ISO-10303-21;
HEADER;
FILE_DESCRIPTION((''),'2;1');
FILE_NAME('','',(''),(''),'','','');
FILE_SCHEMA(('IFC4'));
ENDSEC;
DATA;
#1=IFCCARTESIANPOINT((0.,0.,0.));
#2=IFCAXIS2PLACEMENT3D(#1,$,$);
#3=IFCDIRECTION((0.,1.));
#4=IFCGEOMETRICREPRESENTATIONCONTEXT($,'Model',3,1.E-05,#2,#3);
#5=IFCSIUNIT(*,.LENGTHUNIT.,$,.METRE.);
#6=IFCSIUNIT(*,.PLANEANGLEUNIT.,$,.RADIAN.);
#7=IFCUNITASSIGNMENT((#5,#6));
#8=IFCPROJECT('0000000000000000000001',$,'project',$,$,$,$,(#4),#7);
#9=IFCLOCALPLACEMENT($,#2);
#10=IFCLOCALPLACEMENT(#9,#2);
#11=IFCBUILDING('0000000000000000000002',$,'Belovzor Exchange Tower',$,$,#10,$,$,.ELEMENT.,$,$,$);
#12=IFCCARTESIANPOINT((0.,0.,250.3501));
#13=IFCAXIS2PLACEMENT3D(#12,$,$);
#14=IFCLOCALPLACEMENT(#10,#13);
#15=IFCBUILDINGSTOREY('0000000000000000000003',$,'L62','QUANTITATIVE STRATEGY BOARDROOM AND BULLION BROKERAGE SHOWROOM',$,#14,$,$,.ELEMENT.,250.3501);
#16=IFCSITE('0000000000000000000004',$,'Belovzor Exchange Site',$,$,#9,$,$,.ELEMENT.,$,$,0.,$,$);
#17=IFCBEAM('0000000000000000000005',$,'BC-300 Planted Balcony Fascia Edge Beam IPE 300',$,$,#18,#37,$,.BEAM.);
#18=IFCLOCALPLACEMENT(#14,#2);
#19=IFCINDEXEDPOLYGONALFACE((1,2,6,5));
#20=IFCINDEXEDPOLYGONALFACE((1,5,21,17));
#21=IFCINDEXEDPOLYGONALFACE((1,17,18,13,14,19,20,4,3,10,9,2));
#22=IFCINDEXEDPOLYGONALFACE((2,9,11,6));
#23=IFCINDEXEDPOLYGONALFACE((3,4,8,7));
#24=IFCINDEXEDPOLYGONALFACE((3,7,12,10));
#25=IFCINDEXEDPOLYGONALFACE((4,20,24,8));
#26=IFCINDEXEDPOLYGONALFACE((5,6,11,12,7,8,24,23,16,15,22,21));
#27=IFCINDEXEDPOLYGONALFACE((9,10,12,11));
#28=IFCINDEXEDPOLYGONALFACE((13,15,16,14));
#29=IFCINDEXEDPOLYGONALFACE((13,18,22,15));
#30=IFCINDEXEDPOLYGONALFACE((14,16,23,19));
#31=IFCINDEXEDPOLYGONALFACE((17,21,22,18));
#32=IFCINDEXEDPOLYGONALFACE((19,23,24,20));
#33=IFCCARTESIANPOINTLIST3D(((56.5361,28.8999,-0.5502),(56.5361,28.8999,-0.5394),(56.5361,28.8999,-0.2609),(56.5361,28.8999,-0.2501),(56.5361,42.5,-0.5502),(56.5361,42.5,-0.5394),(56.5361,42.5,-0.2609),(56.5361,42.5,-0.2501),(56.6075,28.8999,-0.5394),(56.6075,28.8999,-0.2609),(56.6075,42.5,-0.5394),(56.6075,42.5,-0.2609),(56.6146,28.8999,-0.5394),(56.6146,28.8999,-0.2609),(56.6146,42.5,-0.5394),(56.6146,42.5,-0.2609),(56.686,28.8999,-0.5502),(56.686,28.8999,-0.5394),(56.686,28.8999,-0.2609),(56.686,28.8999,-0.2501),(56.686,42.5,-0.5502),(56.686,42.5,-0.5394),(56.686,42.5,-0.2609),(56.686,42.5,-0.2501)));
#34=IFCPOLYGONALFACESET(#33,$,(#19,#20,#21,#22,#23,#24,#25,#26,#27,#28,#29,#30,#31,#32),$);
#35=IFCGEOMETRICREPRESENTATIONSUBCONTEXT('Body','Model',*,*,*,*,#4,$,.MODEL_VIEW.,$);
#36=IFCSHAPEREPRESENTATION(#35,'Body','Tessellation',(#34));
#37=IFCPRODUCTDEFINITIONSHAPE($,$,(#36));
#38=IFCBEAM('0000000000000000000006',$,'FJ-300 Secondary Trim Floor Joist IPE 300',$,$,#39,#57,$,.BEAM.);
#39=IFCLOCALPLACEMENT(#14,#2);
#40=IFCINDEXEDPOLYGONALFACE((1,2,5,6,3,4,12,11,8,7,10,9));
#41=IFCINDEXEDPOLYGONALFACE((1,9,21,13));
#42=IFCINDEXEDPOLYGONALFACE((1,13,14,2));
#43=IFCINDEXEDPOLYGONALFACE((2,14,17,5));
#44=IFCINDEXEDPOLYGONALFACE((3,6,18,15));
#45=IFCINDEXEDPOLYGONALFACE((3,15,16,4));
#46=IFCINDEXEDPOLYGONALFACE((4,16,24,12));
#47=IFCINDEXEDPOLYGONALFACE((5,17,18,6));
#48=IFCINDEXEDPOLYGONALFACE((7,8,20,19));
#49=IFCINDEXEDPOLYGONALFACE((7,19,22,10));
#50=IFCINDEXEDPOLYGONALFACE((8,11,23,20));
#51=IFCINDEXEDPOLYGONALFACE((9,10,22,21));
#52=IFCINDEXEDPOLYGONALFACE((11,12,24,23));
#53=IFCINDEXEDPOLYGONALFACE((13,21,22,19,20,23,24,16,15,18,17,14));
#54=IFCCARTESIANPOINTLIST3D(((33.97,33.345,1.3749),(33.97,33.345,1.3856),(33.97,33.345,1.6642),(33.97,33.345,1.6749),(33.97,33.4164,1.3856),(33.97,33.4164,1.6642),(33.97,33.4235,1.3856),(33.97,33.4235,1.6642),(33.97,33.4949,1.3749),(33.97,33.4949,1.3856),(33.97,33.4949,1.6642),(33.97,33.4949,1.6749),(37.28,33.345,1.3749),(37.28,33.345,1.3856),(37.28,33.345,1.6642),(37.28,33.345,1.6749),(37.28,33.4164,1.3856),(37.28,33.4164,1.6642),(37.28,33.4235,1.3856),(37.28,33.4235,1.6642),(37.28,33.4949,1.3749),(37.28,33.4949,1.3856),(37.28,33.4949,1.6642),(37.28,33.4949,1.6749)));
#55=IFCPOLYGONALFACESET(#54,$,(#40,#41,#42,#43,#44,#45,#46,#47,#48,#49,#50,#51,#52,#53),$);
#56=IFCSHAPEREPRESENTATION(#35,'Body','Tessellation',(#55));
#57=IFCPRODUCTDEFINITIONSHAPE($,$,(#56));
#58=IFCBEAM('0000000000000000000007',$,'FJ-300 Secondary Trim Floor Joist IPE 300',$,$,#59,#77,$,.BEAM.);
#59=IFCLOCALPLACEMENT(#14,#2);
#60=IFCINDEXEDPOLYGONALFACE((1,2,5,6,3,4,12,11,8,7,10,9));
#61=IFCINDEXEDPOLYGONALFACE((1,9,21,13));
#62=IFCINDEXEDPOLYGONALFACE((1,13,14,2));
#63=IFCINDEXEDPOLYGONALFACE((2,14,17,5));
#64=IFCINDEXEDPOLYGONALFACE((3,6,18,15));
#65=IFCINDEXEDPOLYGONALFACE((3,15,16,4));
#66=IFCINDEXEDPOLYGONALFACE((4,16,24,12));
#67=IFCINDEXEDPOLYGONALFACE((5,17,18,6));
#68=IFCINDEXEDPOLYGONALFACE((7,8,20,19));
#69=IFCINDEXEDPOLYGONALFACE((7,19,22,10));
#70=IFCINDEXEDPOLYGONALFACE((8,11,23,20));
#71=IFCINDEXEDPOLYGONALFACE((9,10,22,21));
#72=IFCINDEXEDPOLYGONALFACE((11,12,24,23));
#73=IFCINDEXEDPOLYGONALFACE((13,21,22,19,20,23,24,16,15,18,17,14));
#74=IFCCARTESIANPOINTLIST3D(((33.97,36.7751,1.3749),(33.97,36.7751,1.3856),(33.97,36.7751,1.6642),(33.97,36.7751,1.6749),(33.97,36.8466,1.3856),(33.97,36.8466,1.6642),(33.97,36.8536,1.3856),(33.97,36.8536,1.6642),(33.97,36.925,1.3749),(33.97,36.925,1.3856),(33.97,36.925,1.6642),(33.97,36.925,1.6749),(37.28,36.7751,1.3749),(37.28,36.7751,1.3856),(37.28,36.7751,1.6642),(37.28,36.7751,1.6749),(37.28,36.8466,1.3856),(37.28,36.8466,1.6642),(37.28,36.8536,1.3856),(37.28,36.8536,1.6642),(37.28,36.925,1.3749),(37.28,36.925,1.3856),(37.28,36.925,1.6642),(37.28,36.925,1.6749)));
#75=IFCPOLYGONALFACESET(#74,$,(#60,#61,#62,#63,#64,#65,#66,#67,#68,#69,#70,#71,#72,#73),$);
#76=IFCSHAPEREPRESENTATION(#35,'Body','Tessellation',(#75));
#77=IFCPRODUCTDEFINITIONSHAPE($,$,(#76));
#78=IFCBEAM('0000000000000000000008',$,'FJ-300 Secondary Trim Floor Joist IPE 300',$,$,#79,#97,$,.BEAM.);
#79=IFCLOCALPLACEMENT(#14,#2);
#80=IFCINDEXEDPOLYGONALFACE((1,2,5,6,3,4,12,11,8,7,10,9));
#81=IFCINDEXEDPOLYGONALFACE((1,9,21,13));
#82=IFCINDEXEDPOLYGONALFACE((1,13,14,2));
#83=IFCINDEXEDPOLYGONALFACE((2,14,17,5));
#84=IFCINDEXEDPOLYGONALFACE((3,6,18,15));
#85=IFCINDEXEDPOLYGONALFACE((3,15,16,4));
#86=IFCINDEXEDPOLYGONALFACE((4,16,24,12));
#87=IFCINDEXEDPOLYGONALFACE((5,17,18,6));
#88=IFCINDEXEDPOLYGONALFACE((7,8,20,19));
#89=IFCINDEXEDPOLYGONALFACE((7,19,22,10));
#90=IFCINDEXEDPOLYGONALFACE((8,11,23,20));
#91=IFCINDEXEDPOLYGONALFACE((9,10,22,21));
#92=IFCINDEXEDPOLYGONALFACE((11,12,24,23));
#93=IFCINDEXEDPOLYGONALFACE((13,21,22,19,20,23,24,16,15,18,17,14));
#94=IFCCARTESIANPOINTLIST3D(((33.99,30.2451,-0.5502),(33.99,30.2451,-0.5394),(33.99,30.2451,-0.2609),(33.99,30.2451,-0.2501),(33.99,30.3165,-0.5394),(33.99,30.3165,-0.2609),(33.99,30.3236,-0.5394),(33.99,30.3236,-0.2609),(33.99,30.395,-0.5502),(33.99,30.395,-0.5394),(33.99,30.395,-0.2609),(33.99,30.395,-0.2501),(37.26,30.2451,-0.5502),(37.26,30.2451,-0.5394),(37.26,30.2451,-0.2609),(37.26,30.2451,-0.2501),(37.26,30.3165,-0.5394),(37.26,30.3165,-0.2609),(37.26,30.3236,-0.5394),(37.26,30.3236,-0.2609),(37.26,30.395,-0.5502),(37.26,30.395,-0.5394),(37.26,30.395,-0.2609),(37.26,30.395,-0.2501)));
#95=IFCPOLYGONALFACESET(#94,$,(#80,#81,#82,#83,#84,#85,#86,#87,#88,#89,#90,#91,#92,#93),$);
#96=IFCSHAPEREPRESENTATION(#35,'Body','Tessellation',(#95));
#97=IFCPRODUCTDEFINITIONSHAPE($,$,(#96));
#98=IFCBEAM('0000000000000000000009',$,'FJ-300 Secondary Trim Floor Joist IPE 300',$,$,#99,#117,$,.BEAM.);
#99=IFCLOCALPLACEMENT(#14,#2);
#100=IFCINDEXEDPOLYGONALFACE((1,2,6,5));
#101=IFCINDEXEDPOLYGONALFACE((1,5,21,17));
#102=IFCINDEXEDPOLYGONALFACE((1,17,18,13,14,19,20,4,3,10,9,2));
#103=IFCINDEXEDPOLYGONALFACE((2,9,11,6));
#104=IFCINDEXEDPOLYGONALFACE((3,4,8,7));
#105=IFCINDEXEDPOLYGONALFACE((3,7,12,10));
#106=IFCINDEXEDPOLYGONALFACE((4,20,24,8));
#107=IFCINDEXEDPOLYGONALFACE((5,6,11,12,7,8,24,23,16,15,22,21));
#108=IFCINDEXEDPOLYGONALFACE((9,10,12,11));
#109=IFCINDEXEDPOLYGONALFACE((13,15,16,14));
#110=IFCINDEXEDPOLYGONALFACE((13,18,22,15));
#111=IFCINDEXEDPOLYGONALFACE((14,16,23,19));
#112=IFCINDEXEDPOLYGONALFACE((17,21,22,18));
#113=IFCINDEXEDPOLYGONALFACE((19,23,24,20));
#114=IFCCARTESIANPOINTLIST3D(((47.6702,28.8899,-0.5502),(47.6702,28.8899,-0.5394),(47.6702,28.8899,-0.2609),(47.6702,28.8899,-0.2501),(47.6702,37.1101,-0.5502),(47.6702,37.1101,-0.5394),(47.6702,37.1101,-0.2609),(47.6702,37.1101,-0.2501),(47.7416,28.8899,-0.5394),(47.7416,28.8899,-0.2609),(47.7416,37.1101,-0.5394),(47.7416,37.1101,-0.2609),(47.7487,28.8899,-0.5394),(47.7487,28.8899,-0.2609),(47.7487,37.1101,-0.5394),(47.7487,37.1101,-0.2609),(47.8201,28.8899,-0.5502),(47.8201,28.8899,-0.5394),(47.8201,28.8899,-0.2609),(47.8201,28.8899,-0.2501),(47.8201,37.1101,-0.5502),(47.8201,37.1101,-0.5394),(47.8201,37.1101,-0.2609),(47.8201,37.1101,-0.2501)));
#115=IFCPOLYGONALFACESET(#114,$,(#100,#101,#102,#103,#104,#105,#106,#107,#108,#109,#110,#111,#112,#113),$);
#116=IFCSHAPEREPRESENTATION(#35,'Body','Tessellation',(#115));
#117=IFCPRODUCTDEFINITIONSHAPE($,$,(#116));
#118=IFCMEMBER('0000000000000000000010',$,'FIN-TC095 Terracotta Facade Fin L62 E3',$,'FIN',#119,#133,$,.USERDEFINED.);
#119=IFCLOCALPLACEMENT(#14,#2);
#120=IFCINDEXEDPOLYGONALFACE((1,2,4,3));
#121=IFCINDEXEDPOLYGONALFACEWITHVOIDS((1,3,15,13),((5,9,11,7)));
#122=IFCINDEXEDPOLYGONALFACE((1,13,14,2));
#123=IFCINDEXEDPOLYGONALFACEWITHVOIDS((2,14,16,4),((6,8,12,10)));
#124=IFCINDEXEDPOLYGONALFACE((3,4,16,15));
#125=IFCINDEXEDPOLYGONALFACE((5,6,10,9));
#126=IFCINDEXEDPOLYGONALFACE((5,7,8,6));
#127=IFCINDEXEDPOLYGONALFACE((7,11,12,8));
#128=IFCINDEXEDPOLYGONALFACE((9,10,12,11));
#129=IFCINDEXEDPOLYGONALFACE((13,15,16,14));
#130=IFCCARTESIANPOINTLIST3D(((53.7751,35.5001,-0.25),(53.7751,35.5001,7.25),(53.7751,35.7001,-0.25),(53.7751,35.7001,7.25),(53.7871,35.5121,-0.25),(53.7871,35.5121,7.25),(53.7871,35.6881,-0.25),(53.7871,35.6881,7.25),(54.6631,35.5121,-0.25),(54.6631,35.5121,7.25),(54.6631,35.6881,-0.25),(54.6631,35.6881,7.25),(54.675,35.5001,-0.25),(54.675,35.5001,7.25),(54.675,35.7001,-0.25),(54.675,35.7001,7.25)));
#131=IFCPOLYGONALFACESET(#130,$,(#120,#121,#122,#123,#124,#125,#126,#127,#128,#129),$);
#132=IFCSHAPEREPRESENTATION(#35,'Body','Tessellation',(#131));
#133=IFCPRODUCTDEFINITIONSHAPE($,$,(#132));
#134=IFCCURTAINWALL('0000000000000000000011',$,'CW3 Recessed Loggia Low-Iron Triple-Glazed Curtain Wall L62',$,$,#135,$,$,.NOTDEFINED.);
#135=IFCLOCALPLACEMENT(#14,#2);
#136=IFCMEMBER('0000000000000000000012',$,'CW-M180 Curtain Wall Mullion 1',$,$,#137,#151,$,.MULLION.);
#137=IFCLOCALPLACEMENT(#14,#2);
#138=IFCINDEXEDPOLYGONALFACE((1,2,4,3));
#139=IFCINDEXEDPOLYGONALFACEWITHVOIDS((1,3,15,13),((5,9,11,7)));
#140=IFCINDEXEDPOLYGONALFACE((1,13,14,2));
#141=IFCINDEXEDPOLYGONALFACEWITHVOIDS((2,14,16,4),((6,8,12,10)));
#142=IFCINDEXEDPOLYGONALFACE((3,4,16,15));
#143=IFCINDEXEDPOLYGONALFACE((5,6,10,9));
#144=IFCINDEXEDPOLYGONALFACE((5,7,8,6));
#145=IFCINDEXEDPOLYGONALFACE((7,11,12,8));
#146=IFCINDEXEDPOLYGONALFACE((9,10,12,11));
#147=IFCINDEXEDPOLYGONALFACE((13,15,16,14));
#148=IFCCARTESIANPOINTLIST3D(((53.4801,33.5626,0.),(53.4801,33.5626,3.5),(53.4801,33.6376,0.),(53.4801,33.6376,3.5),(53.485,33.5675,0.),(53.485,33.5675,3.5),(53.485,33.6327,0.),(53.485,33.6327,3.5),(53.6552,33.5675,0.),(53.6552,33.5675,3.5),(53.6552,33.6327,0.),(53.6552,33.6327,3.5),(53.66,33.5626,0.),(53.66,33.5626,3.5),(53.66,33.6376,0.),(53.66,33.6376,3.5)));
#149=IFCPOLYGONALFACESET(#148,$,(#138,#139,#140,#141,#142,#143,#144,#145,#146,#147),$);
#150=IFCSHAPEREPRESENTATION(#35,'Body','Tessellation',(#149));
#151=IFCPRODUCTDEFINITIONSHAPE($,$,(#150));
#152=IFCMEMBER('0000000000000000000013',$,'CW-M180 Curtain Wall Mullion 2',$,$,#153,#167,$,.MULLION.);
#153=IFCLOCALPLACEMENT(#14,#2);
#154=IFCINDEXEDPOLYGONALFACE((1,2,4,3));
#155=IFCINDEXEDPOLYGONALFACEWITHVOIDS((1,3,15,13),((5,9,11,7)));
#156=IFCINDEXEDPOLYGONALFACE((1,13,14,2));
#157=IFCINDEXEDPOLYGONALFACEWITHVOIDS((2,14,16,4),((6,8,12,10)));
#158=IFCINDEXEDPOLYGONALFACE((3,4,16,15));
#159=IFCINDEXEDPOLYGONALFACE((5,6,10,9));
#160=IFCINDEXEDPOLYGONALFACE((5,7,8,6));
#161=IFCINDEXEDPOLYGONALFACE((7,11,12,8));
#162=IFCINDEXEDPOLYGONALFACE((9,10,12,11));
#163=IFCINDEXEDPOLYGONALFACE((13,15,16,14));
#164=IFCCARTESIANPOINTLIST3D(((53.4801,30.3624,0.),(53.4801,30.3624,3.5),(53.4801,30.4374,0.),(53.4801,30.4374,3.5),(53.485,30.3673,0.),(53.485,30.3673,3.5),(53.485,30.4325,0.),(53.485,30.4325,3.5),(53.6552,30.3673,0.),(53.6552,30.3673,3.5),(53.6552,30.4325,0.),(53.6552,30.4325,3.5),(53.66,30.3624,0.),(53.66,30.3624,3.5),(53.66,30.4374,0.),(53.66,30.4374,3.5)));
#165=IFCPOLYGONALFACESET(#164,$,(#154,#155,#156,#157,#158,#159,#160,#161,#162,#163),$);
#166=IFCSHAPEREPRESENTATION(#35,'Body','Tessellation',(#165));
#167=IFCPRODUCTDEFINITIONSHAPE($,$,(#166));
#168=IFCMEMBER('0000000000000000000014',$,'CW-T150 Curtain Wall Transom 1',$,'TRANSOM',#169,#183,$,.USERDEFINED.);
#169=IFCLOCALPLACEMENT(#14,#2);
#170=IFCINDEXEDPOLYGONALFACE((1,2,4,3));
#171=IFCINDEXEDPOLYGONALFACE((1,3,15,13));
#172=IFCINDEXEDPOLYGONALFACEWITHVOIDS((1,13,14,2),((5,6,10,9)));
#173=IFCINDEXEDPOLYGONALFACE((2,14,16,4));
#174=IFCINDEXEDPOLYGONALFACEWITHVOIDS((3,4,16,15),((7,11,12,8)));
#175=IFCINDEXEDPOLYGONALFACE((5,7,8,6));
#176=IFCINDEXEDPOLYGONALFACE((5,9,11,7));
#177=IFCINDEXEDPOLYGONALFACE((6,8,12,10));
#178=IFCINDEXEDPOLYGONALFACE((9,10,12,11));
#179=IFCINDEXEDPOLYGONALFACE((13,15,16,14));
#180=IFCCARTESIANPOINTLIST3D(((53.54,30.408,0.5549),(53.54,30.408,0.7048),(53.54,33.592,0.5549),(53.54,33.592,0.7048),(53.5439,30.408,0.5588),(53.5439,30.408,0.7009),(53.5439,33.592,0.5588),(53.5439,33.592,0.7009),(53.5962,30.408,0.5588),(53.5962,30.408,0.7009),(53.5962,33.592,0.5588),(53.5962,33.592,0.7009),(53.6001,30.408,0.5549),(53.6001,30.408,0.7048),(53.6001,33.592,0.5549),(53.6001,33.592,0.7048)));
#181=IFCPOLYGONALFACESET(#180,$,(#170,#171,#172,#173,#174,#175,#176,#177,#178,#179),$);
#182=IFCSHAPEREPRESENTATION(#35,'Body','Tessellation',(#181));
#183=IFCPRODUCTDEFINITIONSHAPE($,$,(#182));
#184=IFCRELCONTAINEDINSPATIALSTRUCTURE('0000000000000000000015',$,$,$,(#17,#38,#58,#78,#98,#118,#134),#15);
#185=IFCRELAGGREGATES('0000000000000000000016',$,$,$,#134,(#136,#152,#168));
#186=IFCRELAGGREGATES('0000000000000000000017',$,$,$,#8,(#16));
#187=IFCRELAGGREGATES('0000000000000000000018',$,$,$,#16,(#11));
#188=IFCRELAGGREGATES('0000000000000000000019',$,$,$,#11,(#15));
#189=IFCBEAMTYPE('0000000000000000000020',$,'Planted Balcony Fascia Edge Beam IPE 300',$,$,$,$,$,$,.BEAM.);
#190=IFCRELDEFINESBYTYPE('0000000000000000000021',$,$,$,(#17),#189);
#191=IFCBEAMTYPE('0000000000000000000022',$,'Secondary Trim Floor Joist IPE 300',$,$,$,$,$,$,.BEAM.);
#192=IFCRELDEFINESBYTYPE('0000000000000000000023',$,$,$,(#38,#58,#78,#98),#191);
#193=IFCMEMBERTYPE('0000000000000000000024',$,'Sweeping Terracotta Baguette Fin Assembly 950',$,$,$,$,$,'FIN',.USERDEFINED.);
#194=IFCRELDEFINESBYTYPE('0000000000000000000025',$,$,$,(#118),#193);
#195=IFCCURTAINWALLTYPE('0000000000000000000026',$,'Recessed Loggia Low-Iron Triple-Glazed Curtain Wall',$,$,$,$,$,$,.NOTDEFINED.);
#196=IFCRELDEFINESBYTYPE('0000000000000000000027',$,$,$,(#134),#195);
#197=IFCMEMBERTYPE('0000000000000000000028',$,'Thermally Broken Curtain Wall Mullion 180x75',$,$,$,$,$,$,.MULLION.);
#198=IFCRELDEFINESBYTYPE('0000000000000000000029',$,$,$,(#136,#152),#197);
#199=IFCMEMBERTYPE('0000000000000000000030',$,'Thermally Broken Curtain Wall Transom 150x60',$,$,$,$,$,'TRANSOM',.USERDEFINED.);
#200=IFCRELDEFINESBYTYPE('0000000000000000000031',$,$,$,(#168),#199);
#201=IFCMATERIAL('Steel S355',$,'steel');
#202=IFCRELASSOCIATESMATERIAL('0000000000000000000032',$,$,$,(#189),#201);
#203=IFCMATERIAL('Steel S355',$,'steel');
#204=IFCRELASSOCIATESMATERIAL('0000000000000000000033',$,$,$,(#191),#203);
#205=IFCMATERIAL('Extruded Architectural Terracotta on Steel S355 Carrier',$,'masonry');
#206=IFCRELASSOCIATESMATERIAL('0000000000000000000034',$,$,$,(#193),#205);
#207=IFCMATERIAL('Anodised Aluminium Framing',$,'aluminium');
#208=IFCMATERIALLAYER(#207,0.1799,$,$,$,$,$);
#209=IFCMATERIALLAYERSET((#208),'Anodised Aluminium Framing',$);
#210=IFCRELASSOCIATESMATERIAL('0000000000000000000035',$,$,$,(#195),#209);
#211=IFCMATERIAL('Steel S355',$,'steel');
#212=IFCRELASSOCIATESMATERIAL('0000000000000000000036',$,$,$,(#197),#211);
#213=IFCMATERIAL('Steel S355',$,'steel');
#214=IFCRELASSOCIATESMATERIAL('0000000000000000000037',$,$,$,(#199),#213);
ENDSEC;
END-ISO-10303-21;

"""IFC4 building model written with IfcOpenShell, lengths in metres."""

from ifc_helpers import new_model, si_unit, direction, frame, origin, origin_2d, place, context, subcontext, project, spatial, hollow_rectangle, i_section, extrude, material, layer, layer_set, material_profile, profile_set, type_object, element, aggregate, save


model = new_model("IFC4")

# Units and contexts
model_context = context("Model", 3, precision=1e-05, world=origin(), true_north=direction((0.0, 1.0)))
body_context = subcontext(model_context, "Body", "Model", "MODEL_VIEW")
ifc_project = project(units=[si_unit("LENGTHUNIT", "METRE"), si_unit("PLANEANGLEUNIT", "RADIAN")], contexts=[model_context])

# Site, building, storey
site_placement = place(None, origin())
site = spatial("IfcSite", under=ifc_project, at=site_placement, Name="Belovzor Exchange Site", CompositionType="ELEMENT", RefElevation=0.0)
building_placement = place(site_placement, origin())
building = spatial("IfcBuilding", under=site, at=building_placement, Name="Belovzor Exchange Tower", CompositionType="ELEMENT")
storey_placement = place(building_placement, frame((0.0, 0.0, 250.3501)))
storey = spatial("IfcBuildingStorey", under=building, at=storey_placement, Name="L62", Description="QUANTITATIVE STRATEGY BOARDROOM AND BULLION BROKERAGE SHOWROOM", CompositionType="ELEMENT", Elevation=250.3501)

# Beams
ifc_material_1 = material(Name="Steel S355", Category="steel")
ifc_material_profile_1 = material_profile(ifc_material_1, i_section(OverallWidth=0.1499, OverallDepth=0.3, WebThickness=0.0071, FlangeThickness=0.0107, at=origin_2d()))
ifc_profile_set_1 = profile_set([ifc_material_profile_1], Name="Steel S355")
beam_type_1 = type_object("IfcBeamType", Name="Planted Balcony Fascia Edge Beam IPE 300", PredefinedType="BEAM", material=ifc_profile_set_1)
beam_1_placement = place(storey_placement, frame((56.6111, 28.8999, -0.4001), z_axis=(0.0, 1.0, 0.0), x_axis=(-1.0, 0.0, 0.0)))
element("IfcBeam", 1, at=beam_1_placement, inside=storey, type_object=beam_type_1, Name="BC-300 Planted Balcony Fascia Edge Beam IPE 300", PredefinedType="BEAM", context=body_context, shape_type="SweptSolid", body=[
    extrude(i_section(OverallWidth=0.1499, OverallDepth=0.3, WebThickness=0.0071, FlangeThickness=0.0107, at=origin_2d()), origin(), (0.0, 0.0, 1.0), 13.6001),
])
ifc_material_2 = material(Name="Steel S355", Category="steel")
ifc_material_profile_2 = material_profile(ifc_material_2, i_section(OverallWidth=0.1499, OverallDepth=0.3, WebThickness=0.0071, FlangeThickness=0.0107, at=origin_2d()))
ifc_profile_set_2 = profile_set([ifc_material_profile_2], Name="Steel S355")
beam_type_2 = type_object("IfcBeamType", Name="Secondary Trim Floor Joist IPE 300", PredefinedType="BEAM", material=ifc_profile_set_2)
for number, where, z_axis, x_axis, name in (
    (2, (37.28, 33.4199, 1.5249), (-1.0, 0.0, 0.0), (0.0, -1.0, 0.0), "FJ-300 Secondary Trim Floor Joist IPE 300"),
    (3, (37.28, 36.8501, 1.5249), (-1.0, 0.0, 0.0), (0.0, -1.0, 0.0), "FJ-300 Secondary Trim Floor Joist IPE 300"),
):
    element("IfcBeam", number, at=place(storey_placement, frame(where, z_axis=z_axis, x_axis=x_axis)), inside=storey, type_object=beam_type_2, Name=name, PredefinedType="BEAM", context=body_context, shape_type="SweptSolid", body=[
        extrude(i_section(OverallWidth=0.1499, OverallDepth=0.3, WebThickness=0.0071, FlangeThickness=0.0107, at=origin_2d()), origin(), (0.0, 0.0, 1.0), 3.3101),
    ])
beam_2_placement = place(storey_placement, frame((37.26, 30.3201, -0.4001), z_axis=(-1.0, 0.0, 0.0), x_axis=(0.0, -1.0, 0.0)))
element("IfcBeam", 4, at=beam_2_placement, inside=storey, type_object=beam_type_2, Name="FJ-300 Secondary Trim Floor Joist IPE 300", PredefinedType="BEAM", context=body_context, shape_type="SweptSolid", body=[
    extrude(i_section(OverallWidth=0.1499, OverallDepth=0.3, WebThickness=0.0071, FlangeThickness=0.0107, at=origin_2d()), origin(), (0.0, 0.0, 1.0), 3.27),
])
beam_3_placement = place(storey_placement, frame((47.7451, 28.8899, -0.4001), z_axis=(0.0, 1.0, 0.0), x_axis=(-1.0, 0.0, 0.0)))
element("IfcBeam", 5, at=beam_3_placement, inside=storey, type_object=beam_type_2, Name="FJ-300 Secondary Trim Floor Joist IPE 300", PredefinedType="BEAM", context=body_context, shape_type="SweptSolid", body=[
    extrude(i_section(OverallWidth=0.1499, OverallDepth=0.3, WebThickness=0.0071, FlangeThickness=0.0107, at=origin_2d()), origin(), (0.0, 0.0, 1.0), 8.2202),
])

# Member
ifc_material_3 = material(Name="Extruded Architectural Terracotta on Steel S355 Carrier", Category="masonry")
ifc_material_profile_3 = material_profile(ifc_material_3, hollow_rectangle(XDim=0.2, YDim=0.8999, WallThickness=0.012, at=origin_2d()))
ifc_profile_set_3 = profile_set([ifc_material_profile_3], Name="Extruded Architectural Terracotta on Steel S355 Carrier")
member_type_1 = type_object("IfcMemberType", Name="Sweeping Terracotta Baguette Fin Assembly 950", ElementType="FIN", PredefinedType="USERDEFINED", material=ifc_profile_set_3)
member_1_placement = place(storey_placement, frame((54.2251, 35.6001, -0.25), z_axis=(0.0, 0.0, 1.0), x_axis=(0.0, 1.0, 0.0)))
element("IfcMember", 6, at=member_1_placement, inside=storey, type_object=member_type_1, Name="FIN-TC095 Terracotta Facade Fin L62 E3", ObjectType="FIN", PredefinedType="USERDEFINED", context=body_context, shape_type="SweptSolid", body=[
    extrude(hollow_rectangle(XDim=0.2, YDim=0.8999, WallThickness=0.012, at=origin_2d()), origin(), (0.0, 0.0, 1.0), 7.5),
])

# Curtain wall, members
ifc_material_4 = material(Name="Anodised Aluminium Framing", Category="aluminium")
ifc_layer_1 = layer(ifc_material_4, 0.1799)
ifc_layer_set_1 = layer_set([ifc_layer_1], Name="Anodised Aluminium Framing")
curtain_wall_type = type_object("IfcCurtainWallType", Name="Recessed Loggia Low-Iron Triple-Glazed Curtain Wall", PredefinedType="NOTDEFINED", material=ifc_layer_set_1)
curtain_wall_placement = place(storey_placement, origin())
curtain_wall = element("IfcCurtainWall", 7, at=curtain_wall_placement, inside=storey, type_object=curtain_wall_type, Name="CW3 Recessed Loggia Low-Iron Triple-Glazed Curtain Wall L62", PredefinedType="NOTDEFINED")
ifc_material_5 = material(Name="Steel S355", Category="steel")
ifc_material_profile_4 = material_profile(ifc_material_5, hollow_rectangle(XDim=0.075, YDim=0.1799, WallThickness=0.0049, at=origin_2d()))
ifc_profile_set_4 = profile_set([ifc_material_profile_4], Name="Steel S355")
member_type_2 = type_object("IfcMemberType", Name="Thermally Broken Curtain Wall Mullion 180x75", PredefinedType="MULLION", material=ifc_profile_set_4)
member_2_placement = place(storey_placement, frame((53.5701, 33.6001, 0.0), z_axis=(0.0, 0.0, 1.0), x_axis=(0.0, -1.0, 0.0)))
member_2 = element("IfcMember", 8, at=member_2_placement, type_object=member_type_2, Name="CW-M180 Curtain Wall Mullion 1", PredefinedType="MULLION", context=body_context, shape_type="SweptSolid", body=[
    extrude(hollow_rectangle(XDim=0.075, YDim=0.1799, WallThickness=0.0049, at=origin_2d()), origin(), (0.0, 0.0, 1.0), 3.5),
])
member_3_placement = place(storey_placement, frame((53.5701, 30.3999, 0.0), z_axis=(0.0, 0.0, 1.0), x_axis=(0.0, -1.0, 0.0)))
member_3 = element("IfcMember", 9, at=member_3_placement, type_object=member_type_2, Name="CW-M180 Curtain Wall Mullion 2", PredefinedType="MULLION", context=body_context, shape_type="SweptSolid", body=[
    extrude(hollow_rectangle(XDim=0.075, YDim=0.1799, WallThickness=0.0049, at=origin_2d()), origin(), (0.0, 0.0, 1.0), 3.5),
])
ifc_material_6 = material(Name="Steel S355", Category="steel")
ifc_material_profile_5 = material_profile(ifc_material_6, hollow_rectangle(XDim=0.0601, YDim=0.1499, WallThickness=0.0039, at=origin_2d()))
ifc_profile_set_5 = profile_set([ifc_material_profile_5], Name="Steel S355")
member_type_3 = type_object("IfcMemberType", Name="Thermally Broken Curtain Wall Transom 150x60", ElementType="TRANSOM", PredefinedType="USERDEFINED", material=ifc_profile_set_5)
member_4_placement = place(storey_placement, frame((53.5701, 33.592, 0.6299), z_axis=(0.0, -1.0, 0.0), x_axis=(1.0, 0.0, 0.0)))
member_4 = element("IfcMember", 10, at=member_4_placement, type_object=member_type_3, Name="CW-T150 Curtain Wall Transom 1", ObjectType="TRANSOM", PredefinedType="USERDEFINED", context=body_context, shape_type="SweptSolid", body=[
    extrude(hollow_rectangle(XDim=0.0601, YDim=0.1499, WallThickness=0.0039, at=origin_2d()), origin(), (0.0, 0.0, 1.0), 3.1841),
])

aggregate(curtain_wall, [member_2, member_3, member_4])

save(model, "model.ifc")
